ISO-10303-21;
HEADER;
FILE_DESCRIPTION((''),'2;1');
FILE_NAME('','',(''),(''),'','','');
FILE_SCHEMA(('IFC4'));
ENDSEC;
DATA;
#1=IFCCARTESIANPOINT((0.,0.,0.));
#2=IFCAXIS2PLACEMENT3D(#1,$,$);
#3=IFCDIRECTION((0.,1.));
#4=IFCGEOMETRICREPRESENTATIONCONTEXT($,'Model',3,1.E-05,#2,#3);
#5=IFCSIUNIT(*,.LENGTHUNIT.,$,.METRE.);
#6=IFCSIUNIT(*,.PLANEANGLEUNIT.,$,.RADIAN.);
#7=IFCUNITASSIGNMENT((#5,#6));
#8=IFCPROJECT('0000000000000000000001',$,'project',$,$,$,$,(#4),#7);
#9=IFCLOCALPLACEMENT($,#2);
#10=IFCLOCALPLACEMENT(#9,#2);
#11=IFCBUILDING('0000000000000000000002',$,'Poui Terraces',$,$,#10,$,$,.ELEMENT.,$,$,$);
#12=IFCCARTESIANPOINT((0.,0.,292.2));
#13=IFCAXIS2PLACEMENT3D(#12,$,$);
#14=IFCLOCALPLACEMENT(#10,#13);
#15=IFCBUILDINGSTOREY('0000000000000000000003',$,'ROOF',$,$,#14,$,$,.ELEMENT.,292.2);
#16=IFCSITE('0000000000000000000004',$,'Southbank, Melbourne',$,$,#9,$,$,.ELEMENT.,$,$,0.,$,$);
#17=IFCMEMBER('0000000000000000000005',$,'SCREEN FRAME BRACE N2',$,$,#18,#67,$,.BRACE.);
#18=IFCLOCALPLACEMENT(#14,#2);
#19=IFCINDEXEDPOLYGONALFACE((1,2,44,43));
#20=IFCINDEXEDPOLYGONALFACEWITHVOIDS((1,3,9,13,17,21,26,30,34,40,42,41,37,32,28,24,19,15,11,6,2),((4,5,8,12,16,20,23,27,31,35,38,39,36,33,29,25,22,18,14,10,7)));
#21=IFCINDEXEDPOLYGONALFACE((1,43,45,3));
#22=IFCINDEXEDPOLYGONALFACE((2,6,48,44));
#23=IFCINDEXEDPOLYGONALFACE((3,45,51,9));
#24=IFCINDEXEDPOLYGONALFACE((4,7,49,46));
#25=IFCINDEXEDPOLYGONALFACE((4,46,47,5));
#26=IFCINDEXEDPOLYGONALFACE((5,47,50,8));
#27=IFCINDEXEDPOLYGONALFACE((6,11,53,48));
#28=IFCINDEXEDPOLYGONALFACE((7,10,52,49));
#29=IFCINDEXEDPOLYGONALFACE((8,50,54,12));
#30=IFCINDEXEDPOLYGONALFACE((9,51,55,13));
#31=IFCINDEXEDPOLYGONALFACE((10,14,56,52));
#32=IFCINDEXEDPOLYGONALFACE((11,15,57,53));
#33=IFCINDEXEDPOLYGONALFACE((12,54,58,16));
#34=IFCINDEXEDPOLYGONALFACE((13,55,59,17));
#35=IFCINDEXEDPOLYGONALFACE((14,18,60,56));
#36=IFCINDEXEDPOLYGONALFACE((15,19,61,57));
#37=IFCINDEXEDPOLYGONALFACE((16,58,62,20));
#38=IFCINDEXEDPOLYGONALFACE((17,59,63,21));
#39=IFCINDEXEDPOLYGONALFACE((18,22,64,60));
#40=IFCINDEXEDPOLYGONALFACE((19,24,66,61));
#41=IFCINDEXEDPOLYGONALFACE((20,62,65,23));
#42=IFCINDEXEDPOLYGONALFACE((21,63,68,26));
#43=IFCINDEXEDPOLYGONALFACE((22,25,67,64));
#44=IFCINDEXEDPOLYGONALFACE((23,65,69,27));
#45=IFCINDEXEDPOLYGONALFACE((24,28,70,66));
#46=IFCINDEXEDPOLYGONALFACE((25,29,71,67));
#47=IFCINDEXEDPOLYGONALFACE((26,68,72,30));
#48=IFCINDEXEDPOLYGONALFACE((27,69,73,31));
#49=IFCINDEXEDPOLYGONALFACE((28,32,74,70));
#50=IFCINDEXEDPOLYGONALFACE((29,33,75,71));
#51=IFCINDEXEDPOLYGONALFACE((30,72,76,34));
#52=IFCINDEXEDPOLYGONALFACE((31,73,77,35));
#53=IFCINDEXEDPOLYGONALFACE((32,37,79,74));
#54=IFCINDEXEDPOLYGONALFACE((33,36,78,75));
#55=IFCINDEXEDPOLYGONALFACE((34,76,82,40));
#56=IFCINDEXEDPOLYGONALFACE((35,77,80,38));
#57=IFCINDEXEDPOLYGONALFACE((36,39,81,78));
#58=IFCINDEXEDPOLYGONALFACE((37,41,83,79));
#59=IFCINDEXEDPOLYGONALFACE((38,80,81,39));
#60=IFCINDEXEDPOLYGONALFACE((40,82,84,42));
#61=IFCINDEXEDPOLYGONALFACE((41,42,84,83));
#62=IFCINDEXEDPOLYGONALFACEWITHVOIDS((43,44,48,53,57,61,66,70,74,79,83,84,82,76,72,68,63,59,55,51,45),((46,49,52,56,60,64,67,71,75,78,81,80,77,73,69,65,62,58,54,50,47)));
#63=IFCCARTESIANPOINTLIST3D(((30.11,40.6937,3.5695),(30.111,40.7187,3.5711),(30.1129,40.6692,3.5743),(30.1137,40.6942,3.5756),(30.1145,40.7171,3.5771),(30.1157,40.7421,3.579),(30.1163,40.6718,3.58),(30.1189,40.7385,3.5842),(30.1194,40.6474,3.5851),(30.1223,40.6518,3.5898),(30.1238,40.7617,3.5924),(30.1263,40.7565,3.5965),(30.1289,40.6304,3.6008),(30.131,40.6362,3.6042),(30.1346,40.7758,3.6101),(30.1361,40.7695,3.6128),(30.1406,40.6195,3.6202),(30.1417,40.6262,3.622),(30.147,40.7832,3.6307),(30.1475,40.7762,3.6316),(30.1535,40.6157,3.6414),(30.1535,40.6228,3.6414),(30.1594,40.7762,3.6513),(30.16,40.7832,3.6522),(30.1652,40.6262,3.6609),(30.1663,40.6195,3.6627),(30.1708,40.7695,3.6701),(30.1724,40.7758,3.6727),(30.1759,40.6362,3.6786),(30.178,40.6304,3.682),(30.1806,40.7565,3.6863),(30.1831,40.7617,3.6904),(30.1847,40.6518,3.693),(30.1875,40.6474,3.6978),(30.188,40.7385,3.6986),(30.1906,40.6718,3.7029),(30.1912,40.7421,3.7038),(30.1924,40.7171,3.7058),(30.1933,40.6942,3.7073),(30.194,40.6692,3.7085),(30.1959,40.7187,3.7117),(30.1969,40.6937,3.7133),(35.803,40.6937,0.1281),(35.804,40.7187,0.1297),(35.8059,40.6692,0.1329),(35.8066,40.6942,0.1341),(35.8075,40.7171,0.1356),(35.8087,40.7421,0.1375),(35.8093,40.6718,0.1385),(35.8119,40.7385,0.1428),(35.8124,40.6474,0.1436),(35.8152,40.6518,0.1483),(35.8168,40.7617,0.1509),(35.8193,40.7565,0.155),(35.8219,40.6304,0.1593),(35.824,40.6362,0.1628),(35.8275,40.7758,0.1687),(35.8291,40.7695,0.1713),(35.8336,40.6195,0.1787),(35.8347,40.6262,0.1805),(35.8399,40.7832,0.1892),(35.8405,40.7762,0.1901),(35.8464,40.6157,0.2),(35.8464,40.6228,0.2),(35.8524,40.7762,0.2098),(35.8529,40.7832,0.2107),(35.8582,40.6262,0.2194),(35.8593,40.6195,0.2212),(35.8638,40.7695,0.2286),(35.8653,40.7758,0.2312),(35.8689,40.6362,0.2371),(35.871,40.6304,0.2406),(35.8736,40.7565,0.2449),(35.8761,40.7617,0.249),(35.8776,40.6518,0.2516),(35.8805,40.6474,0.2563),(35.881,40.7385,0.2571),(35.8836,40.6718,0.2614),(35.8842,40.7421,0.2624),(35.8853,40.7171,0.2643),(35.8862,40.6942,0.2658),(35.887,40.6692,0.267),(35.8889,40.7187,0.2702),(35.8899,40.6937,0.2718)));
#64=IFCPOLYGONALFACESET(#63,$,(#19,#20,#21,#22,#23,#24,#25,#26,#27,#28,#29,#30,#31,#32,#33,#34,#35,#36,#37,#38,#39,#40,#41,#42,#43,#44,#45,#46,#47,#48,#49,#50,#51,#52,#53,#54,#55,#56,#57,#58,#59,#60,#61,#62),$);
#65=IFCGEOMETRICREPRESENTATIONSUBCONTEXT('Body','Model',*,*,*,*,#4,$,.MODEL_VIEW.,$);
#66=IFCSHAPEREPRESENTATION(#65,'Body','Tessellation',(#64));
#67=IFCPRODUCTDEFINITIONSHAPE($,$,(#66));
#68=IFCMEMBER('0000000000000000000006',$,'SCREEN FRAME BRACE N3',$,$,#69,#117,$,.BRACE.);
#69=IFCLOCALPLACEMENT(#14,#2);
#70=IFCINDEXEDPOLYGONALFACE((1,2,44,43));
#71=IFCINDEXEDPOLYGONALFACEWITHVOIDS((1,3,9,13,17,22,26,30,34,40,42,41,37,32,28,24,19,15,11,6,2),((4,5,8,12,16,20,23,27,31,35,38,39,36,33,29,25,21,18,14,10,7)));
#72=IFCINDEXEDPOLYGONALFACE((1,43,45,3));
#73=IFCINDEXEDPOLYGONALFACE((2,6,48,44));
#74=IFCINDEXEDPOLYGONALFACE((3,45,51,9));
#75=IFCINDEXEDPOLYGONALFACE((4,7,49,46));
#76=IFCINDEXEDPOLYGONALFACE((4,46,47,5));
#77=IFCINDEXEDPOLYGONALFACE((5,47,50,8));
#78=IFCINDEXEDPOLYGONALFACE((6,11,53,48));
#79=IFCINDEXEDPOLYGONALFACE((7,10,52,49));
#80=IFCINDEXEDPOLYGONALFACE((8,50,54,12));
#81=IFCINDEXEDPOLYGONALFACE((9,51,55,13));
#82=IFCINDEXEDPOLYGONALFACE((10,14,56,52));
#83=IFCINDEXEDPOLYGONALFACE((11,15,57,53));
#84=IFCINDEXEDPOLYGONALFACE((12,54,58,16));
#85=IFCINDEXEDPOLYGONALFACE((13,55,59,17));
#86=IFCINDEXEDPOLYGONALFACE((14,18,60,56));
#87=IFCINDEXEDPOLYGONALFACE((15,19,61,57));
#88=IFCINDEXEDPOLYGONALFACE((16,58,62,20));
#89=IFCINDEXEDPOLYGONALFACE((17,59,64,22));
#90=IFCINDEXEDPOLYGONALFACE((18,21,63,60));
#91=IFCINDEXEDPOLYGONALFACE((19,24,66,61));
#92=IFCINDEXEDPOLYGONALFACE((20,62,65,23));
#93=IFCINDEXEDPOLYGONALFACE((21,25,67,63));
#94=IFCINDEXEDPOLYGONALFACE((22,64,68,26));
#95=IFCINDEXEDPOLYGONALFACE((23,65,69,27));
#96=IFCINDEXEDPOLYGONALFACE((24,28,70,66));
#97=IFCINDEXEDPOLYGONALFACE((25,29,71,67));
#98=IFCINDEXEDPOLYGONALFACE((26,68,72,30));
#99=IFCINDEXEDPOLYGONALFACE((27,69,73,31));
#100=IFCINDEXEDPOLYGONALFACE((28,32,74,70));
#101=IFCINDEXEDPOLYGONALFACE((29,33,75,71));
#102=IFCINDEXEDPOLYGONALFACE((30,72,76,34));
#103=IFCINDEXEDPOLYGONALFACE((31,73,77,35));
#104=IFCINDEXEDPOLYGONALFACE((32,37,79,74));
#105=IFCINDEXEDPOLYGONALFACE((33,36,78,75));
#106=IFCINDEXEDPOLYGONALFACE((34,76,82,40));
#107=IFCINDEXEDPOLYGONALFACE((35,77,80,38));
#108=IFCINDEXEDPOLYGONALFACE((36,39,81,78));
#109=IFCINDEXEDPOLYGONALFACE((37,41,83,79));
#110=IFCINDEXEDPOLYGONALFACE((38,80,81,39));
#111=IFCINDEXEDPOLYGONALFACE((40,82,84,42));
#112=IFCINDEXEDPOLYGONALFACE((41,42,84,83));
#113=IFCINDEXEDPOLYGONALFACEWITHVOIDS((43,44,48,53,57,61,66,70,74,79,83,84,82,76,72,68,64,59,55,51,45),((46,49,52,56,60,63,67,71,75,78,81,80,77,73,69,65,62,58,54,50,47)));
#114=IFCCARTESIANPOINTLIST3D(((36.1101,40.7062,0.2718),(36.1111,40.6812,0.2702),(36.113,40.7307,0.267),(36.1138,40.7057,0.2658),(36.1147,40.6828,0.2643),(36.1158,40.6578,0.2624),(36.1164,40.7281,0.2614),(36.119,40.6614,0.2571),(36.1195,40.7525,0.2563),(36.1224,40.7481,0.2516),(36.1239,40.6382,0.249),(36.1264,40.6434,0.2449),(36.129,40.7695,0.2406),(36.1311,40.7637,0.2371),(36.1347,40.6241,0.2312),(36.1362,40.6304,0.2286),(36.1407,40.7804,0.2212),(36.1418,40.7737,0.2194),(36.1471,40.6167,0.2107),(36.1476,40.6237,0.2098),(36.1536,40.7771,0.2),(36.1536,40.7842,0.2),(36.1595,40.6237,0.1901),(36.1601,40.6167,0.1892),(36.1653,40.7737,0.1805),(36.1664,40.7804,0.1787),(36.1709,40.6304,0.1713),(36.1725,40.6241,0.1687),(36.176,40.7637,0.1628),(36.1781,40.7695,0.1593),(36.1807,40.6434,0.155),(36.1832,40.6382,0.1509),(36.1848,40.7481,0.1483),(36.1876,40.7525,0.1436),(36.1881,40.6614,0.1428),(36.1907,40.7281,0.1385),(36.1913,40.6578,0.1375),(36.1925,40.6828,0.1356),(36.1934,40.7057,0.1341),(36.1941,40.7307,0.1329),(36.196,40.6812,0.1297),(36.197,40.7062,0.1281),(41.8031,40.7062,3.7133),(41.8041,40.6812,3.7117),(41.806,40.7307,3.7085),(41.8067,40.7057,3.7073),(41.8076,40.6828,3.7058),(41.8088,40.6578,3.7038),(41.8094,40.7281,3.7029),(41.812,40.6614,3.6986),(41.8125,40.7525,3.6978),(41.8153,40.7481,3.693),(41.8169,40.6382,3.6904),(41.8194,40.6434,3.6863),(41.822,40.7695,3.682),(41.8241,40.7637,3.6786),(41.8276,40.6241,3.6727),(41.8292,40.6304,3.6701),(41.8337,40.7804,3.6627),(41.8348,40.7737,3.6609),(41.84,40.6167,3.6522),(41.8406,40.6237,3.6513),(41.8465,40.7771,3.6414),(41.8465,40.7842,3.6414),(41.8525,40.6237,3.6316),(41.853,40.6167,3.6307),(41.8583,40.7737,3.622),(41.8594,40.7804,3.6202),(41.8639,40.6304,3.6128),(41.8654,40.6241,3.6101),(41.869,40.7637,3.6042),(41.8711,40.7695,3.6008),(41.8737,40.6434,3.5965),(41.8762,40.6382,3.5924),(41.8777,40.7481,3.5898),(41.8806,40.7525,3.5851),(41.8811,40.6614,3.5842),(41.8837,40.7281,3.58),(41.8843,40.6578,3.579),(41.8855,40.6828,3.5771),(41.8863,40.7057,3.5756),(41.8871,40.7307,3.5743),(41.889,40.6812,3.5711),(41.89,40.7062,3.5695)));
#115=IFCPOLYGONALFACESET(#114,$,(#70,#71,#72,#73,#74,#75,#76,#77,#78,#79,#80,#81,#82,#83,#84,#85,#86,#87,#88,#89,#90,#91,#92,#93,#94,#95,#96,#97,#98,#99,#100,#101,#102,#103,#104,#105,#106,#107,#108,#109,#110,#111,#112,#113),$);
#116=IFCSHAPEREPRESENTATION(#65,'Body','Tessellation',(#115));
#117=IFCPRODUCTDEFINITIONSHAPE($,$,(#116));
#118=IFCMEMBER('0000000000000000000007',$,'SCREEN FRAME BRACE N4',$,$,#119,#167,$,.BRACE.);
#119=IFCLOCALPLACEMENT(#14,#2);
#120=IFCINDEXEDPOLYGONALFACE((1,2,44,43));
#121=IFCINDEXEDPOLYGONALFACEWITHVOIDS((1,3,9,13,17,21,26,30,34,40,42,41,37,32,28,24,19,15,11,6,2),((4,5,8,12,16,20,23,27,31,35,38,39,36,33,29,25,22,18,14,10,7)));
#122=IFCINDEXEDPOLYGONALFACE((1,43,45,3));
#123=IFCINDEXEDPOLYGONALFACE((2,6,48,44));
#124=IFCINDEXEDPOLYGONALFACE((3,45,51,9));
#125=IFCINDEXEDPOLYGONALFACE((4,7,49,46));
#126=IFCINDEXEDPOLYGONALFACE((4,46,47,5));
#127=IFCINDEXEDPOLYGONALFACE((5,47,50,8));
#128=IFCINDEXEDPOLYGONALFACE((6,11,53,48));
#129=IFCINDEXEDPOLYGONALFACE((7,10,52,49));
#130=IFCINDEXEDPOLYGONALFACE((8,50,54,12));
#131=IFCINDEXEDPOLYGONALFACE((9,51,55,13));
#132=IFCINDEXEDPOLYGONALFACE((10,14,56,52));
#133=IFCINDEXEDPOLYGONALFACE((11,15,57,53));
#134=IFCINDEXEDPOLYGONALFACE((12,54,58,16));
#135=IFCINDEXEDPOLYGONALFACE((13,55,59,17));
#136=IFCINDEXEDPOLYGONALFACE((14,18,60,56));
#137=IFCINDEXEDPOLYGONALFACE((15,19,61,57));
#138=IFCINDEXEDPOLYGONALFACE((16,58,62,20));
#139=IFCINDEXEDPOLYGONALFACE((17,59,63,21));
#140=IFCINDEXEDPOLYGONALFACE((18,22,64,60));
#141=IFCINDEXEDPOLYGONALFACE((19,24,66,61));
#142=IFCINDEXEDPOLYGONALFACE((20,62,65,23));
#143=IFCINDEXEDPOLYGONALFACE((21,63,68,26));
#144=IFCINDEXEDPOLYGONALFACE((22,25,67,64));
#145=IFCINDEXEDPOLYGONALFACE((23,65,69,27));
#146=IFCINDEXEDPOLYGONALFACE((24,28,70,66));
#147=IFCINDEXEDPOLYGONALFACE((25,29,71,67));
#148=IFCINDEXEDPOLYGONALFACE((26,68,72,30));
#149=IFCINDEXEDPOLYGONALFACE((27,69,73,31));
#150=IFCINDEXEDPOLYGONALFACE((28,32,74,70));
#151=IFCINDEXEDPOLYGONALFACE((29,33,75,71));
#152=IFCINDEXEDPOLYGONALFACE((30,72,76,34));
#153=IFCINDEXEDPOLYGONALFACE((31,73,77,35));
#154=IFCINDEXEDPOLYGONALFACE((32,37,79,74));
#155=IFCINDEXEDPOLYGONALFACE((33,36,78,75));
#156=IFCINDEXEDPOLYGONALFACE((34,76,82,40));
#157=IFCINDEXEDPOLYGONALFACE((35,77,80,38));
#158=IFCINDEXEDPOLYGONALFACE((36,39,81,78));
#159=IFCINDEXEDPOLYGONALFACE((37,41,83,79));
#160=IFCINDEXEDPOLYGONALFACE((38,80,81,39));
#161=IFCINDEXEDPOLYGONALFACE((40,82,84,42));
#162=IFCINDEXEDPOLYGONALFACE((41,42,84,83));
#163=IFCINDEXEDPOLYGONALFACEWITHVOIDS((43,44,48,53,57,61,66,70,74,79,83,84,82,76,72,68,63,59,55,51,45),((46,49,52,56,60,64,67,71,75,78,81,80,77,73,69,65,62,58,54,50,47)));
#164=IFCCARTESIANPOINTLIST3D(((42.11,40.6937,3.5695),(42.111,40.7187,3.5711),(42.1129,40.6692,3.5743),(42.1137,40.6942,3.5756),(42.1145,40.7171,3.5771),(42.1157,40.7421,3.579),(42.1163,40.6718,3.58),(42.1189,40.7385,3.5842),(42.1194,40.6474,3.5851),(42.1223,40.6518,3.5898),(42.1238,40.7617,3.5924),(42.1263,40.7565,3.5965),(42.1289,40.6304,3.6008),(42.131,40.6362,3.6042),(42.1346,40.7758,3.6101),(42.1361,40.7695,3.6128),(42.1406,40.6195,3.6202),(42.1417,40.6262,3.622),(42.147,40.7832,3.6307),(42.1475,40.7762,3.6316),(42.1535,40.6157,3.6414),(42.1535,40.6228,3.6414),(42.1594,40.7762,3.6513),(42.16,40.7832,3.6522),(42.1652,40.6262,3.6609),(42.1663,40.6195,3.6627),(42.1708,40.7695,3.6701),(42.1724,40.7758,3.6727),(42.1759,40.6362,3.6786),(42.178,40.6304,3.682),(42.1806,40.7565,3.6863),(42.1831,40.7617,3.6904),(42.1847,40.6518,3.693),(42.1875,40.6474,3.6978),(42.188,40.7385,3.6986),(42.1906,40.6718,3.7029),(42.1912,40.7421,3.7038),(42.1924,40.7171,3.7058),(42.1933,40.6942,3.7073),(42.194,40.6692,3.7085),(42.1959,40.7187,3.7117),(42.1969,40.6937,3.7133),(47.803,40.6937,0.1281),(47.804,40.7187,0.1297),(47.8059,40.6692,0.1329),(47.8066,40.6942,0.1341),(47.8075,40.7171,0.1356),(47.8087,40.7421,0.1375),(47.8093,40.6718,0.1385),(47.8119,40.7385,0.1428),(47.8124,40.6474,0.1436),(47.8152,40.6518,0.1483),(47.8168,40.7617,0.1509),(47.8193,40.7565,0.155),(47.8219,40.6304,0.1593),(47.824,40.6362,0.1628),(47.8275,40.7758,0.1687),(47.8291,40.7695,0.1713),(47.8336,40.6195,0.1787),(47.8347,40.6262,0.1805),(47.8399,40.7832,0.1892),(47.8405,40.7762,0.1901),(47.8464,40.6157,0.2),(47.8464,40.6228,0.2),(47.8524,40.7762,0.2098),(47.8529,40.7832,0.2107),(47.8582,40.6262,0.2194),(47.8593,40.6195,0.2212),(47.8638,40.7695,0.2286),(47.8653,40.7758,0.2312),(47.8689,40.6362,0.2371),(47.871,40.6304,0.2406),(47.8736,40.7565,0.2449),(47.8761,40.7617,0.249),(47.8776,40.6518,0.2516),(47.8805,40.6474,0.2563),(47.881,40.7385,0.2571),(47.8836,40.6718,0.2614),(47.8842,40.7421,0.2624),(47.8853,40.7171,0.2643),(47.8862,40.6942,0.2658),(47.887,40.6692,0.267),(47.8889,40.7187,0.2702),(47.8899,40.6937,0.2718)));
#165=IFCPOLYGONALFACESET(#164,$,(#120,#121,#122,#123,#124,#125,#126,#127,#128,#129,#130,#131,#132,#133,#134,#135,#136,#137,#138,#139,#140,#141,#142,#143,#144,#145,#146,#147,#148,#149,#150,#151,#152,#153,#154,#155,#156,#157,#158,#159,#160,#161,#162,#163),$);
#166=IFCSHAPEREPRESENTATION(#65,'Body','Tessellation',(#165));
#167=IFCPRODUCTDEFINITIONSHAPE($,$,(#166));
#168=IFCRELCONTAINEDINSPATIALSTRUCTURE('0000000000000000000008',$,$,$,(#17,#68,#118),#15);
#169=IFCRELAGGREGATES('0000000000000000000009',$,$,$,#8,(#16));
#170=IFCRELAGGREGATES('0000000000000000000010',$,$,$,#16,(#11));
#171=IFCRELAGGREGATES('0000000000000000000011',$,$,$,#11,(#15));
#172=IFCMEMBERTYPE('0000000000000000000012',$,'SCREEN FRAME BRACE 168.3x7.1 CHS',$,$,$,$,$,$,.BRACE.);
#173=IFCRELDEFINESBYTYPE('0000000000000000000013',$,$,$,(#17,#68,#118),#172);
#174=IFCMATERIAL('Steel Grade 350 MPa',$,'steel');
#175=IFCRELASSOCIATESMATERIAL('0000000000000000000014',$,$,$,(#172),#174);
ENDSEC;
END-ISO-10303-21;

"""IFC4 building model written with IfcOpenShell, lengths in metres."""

from ifc_helpers import new_model, si_unit, direction, frame, origin, origin_2d, place, context, subcontext, project, spatial, hollow_circle, extrude, material, material_profile, profile_set, type_object, element, save


model = new_model("IFC4")

# Units and contexts
model_context = context("Model", 3, precision=1e-05, world=origin(), true_north=direction((0.0, 1.0)))
body_context = subcontext(model_context, "Body", "Model", "MODEL_VIEW")
ifc_project = project(units=[si_unit("LENGTHUNIT", "METRE"), si_unit("PLANEANGLEUNIT", "RADIAN")], contexts=[model_context])

# Site, building, storey
site_placement = place(None, origin())
site = spatial("IfcSite", under=ifc_project, at=site_placement, Name="Southbank, Melbourne", CompositionType="ELEMENT", RefElevation=0.0)
building_placement = place(site_placement, origin())
building = spatial("IfcBuilding", under=site, at=building_placement, Name="Poui Terraces", CompositionType="ELEMENT")
storey_placement = place(building_placement, frame((0.0, 0.0, 292.2)))
storey = spatial("IfcBuildingStorey", under=building, at=storey_placement, Name="ROOF", CompositionType="ELEMENT", Elevation=292.2)

# Shared definitions
ifc_material_1 = material(Name="Steel Grade 350 MPa", Category="steel")

# Members
ifc_material_profile_1 = material_profile(ifc_material_1, hollow_circle(Radius=0.0842, WallThickness=0.0071, at=origin_2d()), Name="168.3x7.1 CHS")
ifc_profile_set_1 = profile_set([ifc_material_profile_1], Name="Steel Grade 350 MPa")
member_type_1 = type_object("IfcMemberType", Name="SCREEN FRAME BRACE 168.3x7.1 CHS", PredefinedType="BRACE", material=ifc_profile_set_1)
for number, where, z_axis, x_axis, name in (
    (1, (35.8464, 40.7, 0.2), (-0.855785, 0.0, 0.517332), (0.0, -1.0, 0.0), "SCREEN FRAME BRACE N2"),
    (2, (36.1536, 40.7, 0.2), (0.855785, 0.0, 0.517332), (0.0, 1.0, 0.0), "SCREEN FRAME BRACE N3"),
    (3, (47.8464, 40.7, 0.2), (-0.855785, 0.0, 0.517332), (0.0, -1.0, 0.0), "SCREEN FRAME BRACE N4"),
):
    element("IfcMember", number, at=place(storey_placement, frame(where, z_axis=z_axis, x_axis=x_axis)), inside=storey, type_object=member_type_1, Name=name, PredefinedType="BRACE", context=body_context, shape_type="SweptSolid", body=[
        extrude(hollow_circle(Radius=0.0842, WallThickness=0.0071, at=origin_2d()), origin(), (0.0, 0.0, 1.0), 6.6523),
    ])

save(model, "model.ifc")
